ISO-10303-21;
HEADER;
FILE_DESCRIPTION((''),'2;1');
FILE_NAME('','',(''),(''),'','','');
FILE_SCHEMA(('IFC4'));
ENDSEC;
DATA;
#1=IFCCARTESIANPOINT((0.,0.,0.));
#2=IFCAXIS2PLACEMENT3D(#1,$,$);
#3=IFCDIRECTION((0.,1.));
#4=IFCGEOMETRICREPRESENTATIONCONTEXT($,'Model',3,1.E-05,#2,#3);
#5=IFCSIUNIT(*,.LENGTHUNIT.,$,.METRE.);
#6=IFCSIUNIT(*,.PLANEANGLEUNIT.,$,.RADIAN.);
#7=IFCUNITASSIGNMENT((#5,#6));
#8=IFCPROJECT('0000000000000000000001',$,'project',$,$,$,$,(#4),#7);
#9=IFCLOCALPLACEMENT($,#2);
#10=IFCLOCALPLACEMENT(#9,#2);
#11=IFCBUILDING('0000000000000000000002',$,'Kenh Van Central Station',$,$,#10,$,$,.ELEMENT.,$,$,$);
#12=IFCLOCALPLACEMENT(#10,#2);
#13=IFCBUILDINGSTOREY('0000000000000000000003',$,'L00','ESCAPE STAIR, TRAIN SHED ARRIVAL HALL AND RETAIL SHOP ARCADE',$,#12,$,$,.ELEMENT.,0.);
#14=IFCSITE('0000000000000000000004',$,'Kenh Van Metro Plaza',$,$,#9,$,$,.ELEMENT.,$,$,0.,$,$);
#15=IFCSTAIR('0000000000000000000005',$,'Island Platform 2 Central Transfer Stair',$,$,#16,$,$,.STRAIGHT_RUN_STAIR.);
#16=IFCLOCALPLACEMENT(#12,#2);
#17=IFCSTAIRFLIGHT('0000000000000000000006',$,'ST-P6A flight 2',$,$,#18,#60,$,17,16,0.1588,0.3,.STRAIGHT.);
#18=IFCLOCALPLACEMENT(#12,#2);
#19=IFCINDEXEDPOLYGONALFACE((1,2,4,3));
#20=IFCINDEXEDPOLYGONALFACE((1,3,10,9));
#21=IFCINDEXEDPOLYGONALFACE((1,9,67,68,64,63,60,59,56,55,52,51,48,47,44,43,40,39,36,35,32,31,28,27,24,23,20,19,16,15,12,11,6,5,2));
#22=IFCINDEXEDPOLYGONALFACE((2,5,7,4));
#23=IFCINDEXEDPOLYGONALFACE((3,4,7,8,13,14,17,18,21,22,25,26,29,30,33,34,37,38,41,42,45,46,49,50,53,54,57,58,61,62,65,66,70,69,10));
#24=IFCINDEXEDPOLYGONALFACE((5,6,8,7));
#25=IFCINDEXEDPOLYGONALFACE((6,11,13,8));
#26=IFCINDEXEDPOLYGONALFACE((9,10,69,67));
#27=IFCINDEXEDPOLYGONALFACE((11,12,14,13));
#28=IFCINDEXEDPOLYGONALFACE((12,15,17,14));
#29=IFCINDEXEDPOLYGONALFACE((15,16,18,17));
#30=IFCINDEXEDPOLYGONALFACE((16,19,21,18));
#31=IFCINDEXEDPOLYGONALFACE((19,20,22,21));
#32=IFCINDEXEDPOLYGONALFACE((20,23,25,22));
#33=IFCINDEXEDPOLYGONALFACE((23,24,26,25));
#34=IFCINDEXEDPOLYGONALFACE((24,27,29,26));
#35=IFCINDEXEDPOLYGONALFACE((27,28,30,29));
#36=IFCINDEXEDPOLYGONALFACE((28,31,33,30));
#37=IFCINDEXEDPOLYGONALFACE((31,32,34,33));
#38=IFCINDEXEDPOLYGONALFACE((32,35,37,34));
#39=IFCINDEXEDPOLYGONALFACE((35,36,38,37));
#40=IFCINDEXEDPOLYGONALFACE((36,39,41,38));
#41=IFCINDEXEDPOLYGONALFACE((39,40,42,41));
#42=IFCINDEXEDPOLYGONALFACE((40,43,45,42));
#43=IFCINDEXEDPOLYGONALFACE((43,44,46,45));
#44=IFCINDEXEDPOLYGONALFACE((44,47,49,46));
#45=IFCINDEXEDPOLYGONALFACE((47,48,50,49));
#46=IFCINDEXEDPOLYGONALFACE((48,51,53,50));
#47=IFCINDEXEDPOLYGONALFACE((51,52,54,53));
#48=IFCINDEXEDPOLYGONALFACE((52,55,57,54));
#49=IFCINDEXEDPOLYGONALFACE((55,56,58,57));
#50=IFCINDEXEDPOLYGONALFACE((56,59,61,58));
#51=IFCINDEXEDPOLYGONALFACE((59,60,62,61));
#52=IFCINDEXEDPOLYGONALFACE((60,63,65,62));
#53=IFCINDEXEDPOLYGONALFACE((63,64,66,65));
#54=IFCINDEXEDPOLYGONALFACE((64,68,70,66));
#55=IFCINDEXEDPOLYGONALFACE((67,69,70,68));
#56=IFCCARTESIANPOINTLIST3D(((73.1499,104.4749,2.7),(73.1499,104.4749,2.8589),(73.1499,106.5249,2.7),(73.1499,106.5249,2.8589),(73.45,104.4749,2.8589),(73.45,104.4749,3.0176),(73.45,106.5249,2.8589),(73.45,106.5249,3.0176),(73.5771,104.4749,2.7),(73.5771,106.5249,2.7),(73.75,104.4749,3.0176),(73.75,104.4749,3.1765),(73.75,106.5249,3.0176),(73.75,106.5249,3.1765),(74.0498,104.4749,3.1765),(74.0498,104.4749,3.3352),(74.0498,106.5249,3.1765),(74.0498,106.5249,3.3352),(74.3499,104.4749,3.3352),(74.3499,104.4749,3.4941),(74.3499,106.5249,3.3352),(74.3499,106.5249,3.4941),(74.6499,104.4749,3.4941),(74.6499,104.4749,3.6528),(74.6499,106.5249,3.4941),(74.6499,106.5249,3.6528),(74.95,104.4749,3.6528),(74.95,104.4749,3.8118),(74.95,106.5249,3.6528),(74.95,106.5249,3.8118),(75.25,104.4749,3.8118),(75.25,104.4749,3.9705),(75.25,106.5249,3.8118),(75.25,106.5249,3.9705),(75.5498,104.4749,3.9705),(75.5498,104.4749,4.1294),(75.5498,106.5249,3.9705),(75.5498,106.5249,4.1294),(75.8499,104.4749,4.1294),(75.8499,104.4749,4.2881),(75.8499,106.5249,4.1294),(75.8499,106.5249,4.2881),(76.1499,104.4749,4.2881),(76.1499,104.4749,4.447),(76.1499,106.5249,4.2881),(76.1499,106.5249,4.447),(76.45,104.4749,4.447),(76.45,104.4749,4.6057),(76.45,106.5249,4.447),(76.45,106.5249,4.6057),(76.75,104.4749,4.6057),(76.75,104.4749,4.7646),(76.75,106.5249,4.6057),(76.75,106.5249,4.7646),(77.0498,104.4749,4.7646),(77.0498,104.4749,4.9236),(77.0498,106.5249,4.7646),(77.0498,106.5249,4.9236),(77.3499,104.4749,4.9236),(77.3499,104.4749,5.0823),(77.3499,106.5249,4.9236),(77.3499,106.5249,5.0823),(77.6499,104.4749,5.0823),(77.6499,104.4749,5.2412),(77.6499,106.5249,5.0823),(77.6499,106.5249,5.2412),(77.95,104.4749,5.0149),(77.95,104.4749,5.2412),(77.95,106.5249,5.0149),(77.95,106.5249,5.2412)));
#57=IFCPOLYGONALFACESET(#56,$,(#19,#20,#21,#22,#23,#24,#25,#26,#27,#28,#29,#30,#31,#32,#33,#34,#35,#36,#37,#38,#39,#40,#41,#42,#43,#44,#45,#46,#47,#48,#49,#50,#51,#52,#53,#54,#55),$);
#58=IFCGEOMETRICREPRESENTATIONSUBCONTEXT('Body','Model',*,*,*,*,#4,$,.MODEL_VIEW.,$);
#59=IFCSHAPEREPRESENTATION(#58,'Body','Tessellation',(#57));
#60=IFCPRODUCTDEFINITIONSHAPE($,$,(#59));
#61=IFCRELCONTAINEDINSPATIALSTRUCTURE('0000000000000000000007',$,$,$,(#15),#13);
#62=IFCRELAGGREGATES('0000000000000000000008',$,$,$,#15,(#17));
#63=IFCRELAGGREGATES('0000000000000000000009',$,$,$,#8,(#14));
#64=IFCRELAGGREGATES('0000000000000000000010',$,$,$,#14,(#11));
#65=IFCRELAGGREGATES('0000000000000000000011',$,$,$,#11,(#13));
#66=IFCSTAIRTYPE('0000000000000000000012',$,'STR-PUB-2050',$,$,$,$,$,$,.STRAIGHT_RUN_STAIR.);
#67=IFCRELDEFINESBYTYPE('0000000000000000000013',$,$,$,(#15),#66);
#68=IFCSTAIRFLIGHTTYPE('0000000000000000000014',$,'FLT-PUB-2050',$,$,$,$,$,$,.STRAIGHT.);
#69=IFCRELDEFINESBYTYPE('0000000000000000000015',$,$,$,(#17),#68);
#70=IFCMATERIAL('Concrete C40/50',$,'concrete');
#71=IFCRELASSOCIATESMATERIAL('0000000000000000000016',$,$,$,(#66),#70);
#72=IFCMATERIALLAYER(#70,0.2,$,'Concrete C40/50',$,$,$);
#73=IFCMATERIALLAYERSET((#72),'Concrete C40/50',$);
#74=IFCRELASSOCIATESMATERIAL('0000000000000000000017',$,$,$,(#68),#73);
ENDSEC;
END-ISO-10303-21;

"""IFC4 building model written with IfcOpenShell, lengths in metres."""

from ifc_helpers import new_model, si_unit, direction, frame, origin, place, context, subcontext, project, spatial, polyline, outline, extrude, material, layer, layer_set, type_object, element, aggregate, save


model = new_model("IFC4")

# Units and contexts
model_context = context("Model", 3, precision=1e-05, world=origin(), true_north=direction((0.0, 1.0)))
body_context = subcontext(model_context, "Body", "Model", "MODEL_VIEW")
ifc_project = project(units=[si_unit("LENGTHUNIT", "METRE"), si_unit("PLANEANGLEUNIT", "RADIAN")], contexts=[model_context])

# Site, building, storey
site_placement = place(None, origin())
site = spatial("IfcSite", under=ifc_project, at=site_placement, Name="Kenh Van Metro Plaza", CompositionType="ELEMENT", RefElevation=0.0)
building_placement = place(site_placement, origin())
building = spatial("IfcBuilding", under=site, at=building_placement, Name="Kenh Van Central Station", CompositionType="ELEMENT")
storey_placement = place(building_placement, origin())
storey = spatial("IfcBuildingStorey", under=building, at=storey_placement, Name="L00", Description="ESCAPE STAIR, TRAIN SHED ARRIVAL HALL AND RETAIL SHOP ARCADE", CompositionType="ELEMENT", Elevation=0.0)

# Shared definitions
ifc_material_1 = material(Name="Concrete C40/50", Category="concrete")

# Stair, stair flight
stair_type_1 = type_object("IfcStairType", Name="STR-PUB-2050", PredefinedType="STRAIGHT_RUN_STAIR", material=ifc_material_1)
stair_1_placement = place(storey_placement, origin())
stair_1 = element("IfcStair", 1, at=stair_1_placement, inside=storey, type_object=stair_type_1, Name="Island Platform 2 Central Transfer Stair", PredefinedType="STRAIGHT_RUN_STAIR")
ifc_layer_1 = layer(ifc_material_1, 0.2, Name="Concrete C40/50")
ifc_layer_set_1 = layer_set([ifc_layer_1], Name="Concrete C40/50")
stair_flight_type_1 = type_object("IfcStairFlightType", Name="FLT-PUB-2050", PredefinedType="STRAIGHT", material=ifc_layer_set_1)
stair_flight_1_placement = place(storey_placement, frame((73.1499, 105.5, 2.7), z_axis=(0.0, 0.0, 1.0), x_axis=(1.0, 0.0, 0.0)))
stair_flight_1 = element("IfcStairFlight", 2, at=stair_flight_1_placement, type_object=stair_flight_type_1, Name="ST-P6A flight 2", NumberOfRisers=17, NumberOfTreads=16, PredefinedType="STRAIGHT", RiserHeight=0.1588, TreadLength=0.3, context=body_context, shape_type="SweptSolid", body=[
    extrude(outline(polyline([(0.0, 0.0), (0.0, 0.1589), (0.3, 0.1589), (0.3, 0.3176), (0.6001, 0.3176), (0.6001, 0.4766), (0.8999, 0.4766), (0.8999, 0.6353), (1.2, 0.6353), (1.2, 0.7942), (1.5, 0.7942), (1.5, 0.9529), (1.8, 0.9529), (1.8, 1.1118), (2.1001, 1.1118), (2.1001, 1.2705), (2.3999, 1.2705), (2.3999, 1.4294), (2.7, 1.4294), (2.7, 1.5881), (3.0, 1.5881), (3.0, 1.7471), (3.3, 1.7471), (3.3, 1.9058), (3.6001, 1.9058), (3.6001, 2.0647), (3.8999, 2.0647), (3.8999, 2.2236), (4.2, 2.2236), (4.2, 2.3823), (4.5, 2.3823), (4.5, 2.5413), (4.8, 2.5413), (4.8, 2.7), (4.8, 2.3149), (0.4272, 0.0), (0.0, 0.0)])), frame((0.0, 1.0249, 0.0), z_axis=(0.0, -1.0, 0.0), x_axis=(1.0, 0.0, 0.0)), (0.0, 0.0, 1.0), 2.05),
])
aggregate(stair_1, [stair_flight_1])

save(model, "model.ifc")
